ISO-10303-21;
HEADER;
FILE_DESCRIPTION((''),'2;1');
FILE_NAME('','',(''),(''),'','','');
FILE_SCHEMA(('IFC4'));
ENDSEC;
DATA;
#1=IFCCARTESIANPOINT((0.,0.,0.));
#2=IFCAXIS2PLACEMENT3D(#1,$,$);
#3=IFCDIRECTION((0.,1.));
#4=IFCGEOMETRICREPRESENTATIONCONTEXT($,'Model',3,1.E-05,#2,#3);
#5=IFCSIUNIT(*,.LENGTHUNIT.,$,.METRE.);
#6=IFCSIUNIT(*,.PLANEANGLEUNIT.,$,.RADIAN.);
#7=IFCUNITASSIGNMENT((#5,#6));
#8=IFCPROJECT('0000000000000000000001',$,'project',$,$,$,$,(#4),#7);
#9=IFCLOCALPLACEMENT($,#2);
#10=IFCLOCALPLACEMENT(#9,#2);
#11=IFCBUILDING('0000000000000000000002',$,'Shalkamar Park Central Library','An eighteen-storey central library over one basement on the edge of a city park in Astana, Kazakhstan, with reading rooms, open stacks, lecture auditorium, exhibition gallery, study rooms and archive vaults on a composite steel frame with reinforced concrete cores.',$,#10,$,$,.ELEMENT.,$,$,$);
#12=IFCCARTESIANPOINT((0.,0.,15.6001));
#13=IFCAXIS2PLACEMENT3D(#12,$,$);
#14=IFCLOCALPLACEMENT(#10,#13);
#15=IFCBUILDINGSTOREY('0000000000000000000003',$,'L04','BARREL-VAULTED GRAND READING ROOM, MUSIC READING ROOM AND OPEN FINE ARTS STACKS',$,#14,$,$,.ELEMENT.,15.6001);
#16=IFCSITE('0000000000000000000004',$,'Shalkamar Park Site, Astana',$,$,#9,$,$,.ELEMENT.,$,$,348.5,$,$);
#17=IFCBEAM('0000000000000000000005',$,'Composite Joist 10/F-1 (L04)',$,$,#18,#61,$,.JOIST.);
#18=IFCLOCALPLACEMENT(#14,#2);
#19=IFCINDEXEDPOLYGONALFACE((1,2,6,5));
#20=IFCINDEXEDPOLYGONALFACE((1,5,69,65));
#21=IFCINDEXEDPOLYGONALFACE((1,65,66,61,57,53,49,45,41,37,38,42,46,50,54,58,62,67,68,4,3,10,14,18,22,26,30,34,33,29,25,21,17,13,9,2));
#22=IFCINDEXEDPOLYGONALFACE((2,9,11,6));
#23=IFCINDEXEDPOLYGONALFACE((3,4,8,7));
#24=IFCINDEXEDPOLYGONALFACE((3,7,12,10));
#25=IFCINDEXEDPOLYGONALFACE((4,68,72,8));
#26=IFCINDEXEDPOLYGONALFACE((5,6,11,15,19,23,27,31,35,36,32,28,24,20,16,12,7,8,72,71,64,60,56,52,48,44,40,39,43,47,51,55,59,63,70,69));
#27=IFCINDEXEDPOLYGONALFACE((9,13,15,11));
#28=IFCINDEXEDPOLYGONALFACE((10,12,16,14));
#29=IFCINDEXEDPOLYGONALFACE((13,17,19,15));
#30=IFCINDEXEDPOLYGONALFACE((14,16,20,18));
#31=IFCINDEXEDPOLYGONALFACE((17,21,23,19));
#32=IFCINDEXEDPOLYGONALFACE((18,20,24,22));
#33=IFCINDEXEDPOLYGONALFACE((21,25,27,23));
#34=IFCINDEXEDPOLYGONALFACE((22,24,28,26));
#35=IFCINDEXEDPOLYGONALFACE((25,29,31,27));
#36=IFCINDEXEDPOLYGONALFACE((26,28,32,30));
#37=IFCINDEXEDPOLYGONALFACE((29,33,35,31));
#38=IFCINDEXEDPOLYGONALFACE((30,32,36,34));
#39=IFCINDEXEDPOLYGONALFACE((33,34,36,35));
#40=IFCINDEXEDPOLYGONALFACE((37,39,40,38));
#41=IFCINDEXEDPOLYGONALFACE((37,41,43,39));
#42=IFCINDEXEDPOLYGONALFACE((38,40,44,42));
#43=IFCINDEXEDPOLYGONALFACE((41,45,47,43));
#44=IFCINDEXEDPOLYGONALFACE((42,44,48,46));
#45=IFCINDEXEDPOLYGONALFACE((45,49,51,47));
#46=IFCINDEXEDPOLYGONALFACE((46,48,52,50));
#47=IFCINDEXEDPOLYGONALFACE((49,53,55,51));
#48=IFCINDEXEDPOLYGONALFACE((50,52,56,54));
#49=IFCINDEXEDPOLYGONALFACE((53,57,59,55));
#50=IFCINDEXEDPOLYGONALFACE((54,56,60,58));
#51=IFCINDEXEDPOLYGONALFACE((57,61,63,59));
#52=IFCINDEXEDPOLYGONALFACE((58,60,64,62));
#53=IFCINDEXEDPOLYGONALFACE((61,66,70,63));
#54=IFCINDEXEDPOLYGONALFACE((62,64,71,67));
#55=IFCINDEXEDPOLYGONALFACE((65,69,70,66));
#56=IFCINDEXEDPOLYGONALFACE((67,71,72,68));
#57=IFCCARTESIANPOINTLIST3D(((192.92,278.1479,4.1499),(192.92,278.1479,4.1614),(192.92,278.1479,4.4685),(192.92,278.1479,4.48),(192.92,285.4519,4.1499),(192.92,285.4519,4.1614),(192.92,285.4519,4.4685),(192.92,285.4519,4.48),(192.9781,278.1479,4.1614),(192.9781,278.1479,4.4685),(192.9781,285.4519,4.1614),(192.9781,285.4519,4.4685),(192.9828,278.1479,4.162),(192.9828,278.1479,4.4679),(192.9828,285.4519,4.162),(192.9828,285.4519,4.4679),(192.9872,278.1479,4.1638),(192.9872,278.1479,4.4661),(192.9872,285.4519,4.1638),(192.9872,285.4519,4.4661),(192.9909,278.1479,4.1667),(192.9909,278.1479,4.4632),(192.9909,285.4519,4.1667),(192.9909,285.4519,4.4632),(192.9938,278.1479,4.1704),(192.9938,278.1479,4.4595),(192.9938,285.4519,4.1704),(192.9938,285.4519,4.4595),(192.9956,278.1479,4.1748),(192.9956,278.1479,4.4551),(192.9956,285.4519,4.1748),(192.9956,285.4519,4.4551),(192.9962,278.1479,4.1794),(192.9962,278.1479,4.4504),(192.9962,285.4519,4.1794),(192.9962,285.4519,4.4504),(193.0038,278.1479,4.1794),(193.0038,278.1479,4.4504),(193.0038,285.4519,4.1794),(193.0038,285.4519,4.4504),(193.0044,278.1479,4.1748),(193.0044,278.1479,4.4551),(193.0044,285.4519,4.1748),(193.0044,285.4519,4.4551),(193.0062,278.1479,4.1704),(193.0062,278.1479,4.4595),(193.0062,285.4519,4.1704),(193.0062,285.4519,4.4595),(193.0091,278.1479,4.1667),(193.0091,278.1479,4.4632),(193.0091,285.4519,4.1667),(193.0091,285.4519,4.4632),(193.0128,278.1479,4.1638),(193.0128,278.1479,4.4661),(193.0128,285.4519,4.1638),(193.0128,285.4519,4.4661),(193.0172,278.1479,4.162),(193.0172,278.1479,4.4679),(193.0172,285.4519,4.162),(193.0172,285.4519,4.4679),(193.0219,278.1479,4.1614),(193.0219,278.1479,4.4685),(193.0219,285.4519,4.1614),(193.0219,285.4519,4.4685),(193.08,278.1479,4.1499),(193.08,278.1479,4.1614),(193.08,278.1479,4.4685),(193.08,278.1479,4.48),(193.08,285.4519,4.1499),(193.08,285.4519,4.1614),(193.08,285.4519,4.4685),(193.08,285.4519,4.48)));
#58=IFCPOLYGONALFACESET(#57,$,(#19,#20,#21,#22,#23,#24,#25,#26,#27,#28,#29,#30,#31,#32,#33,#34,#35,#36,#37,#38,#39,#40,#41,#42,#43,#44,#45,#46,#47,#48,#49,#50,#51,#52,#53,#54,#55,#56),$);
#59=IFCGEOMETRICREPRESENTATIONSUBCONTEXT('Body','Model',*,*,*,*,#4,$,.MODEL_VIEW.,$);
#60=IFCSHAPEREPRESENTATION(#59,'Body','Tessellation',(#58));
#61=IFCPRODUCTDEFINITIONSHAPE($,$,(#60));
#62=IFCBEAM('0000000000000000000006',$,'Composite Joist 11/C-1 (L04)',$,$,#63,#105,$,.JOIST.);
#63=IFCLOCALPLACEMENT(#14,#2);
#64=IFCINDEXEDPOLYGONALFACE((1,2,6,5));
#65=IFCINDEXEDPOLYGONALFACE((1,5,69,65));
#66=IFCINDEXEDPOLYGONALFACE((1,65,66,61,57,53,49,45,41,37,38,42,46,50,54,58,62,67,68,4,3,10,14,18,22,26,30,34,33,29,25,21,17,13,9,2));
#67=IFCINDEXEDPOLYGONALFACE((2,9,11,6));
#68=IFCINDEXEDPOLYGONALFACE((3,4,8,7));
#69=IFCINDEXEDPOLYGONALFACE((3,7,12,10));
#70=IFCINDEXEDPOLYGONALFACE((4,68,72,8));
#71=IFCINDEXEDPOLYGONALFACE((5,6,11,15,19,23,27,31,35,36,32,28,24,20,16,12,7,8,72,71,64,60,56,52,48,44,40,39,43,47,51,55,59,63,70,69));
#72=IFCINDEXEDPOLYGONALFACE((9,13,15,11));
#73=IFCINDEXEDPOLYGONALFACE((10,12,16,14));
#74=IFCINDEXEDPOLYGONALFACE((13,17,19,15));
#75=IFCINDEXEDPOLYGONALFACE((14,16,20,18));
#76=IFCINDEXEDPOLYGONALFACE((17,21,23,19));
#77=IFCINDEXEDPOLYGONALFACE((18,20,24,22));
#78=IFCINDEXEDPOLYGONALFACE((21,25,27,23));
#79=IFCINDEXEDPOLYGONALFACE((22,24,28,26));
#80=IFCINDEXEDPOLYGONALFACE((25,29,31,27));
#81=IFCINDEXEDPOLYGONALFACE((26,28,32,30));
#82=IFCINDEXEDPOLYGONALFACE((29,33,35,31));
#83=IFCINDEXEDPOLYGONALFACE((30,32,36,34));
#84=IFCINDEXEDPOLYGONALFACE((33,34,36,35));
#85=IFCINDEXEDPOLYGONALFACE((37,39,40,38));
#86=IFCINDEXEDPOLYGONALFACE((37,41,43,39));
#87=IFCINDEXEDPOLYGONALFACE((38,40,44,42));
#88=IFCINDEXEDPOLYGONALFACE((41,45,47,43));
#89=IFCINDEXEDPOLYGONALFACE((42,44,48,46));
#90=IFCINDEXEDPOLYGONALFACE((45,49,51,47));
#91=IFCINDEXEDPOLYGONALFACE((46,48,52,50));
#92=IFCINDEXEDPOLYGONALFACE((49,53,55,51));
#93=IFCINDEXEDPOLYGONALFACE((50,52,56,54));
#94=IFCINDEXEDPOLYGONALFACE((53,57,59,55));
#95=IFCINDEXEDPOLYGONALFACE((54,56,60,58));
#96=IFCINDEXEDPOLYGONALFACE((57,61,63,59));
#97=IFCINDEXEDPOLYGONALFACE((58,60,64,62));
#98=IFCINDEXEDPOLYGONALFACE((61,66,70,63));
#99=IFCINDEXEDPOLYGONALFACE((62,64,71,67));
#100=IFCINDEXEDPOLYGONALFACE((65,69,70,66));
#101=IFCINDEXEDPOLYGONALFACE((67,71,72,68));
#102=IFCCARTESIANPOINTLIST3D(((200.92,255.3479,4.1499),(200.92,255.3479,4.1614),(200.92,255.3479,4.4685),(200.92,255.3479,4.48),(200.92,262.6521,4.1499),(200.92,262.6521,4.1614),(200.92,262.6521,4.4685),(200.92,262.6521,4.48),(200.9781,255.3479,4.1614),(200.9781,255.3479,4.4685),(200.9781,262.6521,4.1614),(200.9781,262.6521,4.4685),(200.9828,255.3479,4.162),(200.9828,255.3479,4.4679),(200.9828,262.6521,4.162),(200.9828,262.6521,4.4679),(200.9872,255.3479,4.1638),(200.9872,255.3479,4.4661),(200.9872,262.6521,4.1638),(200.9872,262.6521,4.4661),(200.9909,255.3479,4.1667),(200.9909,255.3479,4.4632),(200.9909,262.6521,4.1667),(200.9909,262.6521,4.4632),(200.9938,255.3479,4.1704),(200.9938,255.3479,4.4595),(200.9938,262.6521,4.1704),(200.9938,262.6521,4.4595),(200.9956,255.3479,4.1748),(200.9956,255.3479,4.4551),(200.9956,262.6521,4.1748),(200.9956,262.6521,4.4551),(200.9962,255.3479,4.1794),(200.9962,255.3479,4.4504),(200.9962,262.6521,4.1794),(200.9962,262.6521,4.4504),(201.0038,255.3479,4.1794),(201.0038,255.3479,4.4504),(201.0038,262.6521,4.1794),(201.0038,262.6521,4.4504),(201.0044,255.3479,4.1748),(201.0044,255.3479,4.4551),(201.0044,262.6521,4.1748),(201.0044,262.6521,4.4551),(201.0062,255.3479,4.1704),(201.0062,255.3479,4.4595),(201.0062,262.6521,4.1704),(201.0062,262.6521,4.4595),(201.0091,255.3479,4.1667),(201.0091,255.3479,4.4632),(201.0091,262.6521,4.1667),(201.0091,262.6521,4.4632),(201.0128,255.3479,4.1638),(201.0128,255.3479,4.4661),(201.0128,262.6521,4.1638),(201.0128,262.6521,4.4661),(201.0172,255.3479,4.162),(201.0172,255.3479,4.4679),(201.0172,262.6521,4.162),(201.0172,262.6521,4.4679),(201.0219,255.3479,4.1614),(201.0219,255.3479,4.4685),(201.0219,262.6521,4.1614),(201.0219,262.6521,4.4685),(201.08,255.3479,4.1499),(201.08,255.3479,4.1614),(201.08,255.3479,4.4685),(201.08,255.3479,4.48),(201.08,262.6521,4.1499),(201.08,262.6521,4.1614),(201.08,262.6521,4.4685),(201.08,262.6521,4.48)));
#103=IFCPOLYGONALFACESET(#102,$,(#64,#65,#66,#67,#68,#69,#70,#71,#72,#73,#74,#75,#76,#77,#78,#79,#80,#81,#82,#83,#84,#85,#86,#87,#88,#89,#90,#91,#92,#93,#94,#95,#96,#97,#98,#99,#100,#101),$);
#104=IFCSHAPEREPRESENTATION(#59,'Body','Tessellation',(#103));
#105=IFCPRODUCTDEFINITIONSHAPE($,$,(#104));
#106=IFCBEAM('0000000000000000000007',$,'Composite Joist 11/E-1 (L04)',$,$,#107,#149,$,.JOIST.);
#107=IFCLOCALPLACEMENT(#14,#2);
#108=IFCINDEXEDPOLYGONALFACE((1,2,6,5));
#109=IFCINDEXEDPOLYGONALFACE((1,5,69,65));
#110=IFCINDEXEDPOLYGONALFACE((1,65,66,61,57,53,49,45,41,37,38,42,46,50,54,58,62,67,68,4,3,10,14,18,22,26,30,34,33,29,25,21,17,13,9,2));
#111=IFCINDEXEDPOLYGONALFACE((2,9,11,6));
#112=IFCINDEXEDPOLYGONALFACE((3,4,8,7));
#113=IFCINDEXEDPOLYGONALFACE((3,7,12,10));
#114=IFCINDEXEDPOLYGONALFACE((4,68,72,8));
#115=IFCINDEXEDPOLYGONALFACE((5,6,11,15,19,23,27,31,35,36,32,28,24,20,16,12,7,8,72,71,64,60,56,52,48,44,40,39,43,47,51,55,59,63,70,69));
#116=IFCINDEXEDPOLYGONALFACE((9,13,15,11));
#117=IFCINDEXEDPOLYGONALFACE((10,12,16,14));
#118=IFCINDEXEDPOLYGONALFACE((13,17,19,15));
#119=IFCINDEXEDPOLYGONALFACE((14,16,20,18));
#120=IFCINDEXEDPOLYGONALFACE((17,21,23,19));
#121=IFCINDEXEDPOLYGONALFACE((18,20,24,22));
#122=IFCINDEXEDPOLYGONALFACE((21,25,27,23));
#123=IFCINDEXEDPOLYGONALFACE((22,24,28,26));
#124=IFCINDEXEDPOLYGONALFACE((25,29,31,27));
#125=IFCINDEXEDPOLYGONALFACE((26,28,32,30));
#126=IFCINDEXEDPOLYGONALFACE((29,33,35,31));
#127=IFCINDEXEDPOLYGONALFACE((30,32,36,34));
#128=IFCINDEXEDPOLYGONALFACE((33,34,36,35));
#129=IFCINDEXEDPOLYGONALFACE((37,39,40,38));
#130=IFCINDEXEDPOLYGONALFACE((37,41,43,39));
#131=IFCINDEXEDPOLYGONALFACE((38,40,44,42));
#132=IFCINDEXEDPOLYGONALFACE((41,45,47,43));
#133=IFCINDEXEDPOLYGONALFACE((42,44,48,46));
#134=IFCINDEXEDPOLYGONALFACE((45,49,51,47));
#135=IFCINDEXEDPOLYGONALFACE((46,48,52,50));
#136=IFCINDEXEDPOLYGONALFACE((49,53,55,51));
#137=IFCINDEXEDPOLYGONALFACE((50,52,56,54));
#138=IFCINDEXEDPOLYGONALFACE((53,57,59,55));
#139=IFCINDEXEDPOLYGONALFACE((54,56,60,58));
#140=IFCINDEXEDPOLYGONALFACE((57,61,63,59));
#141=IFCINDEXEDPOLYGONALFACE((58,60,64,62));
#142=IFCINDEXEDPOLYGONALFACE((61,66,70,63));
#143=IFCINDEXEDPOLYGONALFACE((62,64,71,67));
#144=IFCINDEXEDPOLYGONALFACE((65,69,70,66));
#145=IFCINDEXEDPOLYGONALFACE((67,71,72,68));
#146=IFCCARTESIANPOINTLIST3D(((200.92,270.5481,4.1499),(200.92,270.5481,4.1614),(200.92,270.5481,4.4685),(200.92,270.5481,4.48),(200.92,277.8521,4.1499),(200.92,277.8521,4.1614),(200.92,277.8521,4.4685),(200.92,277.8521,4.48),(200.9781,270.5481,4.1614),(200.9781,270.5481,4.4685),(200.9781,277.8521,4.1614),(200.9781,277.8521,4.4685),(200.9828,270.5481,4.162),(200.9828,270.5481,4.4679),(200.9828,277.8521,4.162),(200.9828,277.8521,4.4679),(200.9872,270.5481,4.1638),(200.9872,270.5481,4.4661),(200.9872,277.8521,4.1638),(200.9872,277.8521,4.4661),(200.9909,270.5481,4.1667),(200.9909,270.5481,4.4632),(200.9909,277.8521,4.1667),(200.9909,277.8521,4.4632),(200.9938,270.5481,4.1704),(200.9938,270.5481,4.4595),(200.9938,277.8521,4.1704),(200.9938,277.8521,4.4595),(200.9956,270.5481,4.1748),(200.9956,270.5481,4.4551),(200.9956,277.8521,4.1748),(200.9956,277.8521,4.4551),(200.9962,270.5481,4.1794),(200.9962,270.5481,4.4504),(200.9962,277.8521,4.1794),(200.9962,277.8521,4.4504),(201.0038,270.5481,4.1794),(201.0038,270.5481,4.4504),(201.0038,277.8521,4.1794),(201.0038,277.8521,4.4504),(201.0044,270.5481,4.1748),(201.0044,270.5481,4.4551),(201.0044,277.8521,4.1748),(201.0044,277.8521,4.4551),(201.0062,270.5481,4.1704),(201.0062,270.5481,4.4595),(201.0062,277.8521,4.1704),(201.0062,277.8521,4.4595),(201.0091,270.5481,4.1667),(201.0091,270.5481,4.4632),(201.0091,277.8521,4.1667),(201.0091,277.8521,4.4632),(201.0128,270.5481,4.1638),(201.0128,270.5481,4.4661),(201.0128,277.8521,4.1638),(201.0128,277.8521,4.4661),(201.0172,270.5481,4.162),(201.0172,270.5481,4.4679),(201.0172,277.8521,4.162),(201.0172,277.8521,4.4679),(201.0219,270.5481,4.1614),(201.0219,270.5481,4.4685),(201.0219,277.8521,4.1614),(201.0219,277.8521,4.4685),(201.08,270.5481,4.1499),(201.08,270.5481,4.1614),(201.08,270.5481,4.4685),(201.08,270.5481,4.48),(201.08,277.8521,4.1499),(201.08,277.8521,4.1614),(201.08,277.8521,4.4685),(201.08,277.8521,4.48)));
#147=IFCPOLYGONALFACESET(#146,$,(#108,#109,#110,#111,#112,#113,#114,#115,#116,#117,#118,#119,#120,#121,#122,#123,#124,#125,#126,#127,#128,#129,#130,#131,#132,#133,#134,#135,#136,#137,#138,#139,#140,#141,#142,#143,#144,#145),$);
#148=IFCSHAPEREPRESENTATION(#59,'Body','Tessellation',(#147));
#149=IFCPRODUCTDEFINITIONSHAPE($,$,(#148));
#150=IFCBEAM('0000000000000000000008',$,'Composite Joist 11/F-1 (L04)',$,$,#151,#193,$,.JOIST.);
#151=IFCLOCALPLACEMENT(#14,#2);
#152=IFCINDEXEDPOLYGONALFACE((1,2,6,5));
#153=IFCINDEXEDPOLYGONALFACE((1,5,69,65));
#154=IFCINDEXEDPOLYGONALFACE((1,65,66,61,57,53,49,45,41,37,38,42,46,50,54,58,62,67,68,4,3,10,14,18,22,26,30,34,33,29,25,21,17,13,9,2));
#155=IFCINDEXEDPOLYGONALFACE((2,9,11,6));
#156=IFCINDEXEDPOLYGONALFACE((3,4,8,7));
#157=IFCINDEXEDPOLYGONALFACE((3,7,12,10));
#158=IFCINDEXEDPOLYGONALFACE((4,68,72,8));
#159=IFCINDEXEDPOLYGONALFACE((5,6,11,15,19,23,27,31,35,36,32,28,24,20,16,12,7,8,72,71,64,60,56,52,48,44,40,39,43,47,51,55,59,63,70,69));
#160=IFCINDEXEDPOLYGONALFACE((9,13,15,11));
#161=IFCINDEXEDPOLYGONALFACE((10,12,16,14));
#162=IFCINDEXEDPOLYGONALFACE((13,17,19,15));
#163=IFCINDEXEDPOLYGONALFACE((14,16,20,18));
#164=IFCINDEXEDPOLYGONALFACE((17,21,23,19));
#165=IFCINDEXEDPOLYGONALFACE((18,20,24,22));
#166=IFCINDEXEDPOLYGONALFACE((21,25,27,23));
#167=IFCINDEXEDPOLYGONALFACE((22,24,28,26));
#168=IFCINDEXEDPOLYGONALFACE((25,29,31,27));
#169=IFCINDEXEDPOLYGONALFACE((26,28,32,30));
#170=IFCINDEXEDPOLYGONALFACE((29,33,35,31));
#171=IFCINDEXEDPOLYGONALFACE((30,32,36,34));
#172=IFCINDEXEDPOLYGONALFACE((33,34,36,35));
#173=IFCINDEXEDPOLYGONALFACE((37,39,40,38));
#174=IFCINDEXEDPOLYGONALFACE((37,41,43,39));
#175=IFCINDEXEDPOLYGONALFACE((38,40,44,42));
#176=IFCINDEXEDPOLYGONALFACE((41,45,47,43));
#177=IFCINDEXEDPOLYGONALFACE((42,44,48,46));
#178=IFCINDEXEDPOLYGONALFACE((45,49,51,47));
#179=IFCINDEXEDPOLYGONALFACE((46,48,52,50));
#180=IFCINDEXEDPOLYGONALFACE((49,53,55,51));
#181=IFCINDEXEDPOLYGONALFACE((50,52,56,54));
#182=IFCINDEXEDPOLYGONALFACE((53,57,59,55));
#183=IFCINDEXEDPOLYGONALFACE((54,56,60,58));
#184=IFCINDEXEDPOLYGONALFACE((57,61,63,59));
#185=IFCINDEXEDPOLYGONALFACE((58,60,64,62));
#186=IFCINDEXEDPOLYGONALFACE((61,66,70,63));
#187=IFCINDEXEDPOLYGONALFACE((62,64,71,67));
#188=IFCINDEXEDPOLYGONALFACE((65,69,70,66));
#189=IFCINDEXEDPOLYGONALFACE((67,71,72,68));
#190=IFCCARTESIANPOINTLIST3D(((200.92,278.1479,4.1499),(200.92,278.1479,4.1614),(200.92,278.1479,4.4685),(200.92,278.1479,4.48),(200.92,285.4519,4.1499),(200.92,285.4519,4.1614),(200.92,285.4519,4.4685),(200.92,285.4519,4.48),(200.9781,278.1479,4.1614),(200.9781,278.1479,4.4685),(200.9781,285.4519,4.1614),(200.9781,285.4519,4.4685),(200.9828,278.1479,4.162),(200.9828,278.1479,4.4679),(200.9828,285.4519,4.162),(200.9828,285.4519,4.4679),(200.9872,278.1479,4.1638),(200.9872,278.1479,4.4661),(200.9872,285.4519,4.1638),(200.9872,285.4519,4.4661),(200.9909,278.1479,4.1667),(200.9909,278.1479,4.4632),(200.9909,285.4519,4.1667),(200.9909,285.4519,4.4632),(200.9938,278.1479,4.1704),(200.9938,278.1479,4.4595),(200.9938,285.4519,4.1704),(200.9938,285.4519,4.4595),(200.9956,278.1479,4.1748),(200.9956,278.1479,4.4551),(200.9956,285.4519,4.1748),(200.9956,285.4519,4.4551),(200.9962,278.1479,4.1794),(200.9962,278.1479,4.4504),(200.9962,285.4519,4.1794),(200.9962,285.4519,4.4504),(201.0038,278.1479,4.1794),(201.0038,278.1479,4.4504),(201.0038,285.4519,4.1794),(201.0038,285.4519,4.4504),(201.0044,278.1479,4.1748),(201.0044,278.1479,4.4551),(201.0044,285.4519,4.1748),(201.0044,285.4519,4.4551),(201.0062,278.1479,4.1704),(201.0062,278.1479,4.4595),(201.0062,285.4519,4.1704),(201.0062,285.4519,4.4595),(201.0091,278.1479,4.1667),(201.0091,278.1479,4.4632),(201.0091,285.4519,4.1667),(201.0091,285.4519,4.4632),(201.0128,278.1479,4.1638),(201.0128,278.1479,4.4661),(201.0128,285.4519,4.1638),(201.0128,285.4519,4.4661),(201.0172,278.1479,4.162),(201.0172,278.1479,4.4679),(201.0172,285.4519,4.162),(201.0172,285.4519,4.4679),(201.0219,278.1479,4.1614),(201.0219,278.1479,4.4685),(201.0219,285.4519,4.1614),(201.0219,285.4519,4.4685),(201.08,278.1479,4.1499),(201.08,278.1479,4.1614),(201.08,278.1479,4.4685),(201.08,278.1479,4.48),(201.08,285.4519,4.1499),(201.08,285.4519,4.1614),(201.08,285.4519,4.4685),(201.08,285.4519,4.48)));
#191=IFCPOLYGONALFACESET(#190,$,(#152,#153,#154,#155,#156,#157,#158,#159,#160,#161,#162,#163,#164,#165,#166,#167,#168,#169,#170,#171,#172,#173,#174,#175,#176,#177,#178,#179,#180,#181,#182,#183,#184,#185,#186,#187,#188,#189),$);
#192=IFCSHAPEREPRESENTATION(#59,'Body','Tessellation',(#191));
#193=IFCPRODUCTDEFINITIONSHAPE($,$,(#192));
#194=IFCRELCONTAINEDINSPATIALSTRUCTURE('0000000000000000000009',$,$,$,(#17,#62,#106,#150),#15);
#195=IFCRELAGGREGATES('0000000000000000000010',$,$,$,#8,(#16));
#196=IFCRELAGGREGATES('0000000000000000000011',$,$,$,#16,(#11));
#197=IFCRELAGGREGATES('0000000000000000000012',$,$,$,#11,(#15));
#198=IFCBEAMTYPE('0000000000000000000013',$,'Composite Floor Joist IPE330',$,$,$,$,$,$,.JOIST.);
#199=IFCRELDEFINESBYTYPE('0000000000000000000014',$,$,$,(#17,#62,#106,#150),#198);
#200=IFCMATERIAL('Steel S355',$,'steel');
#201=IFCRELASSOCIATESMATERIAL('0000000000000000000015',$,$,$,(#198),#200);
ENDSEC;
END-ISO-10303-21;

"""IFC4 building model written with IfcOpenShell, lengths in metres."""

from ifc_helpers import new_model, si_unit, direction, frame, origin, origin_2d, place, context, subcontext, project, spatial, i_section, extrude, material, material_profile, profile_set, type_object, element, save


model = new_model("IFC4")

# Units and contexts
model_context = context("Model", 3, precision=1e-05, world=origin(), true_north=direction((0.0, 1.0)))
body_context = subcontext(model_context, "Body", "Model", "MODEL_VIEW")
ifc_project = project(units=[si_unit("LENGTHUNIT", "METRE"), si_unit("PLANEANGLEUNIT", "RADIAN")], contexts=[model_context])

# Site, building, storey
site_placement = place(None, origin())
site = spatial("IfcSite", under=ifc_project, at=site_placement, Name="Shalkamar Park Site, Astana", CompositionType="ELEMENT", RefElevation=348.5)
building_placement = place(site_placement, origin())
building = spatial("IfcBuilding", under=site, at=building_placement, Name="Shalkamar Park Central Library", Description="An eighteen-storey central library over one basement on the edge of a city park in Astana, Kazakhstan, with reading rooms, open stacks, lecture auditorium, exhibition gallery, study rooms and archive vaults on a composite steel frame with reinforced concrete cores.", CompositionType="ELEMENT")
storey_placement = place(building_placement, frame((0.0, 0.0, 15.6001)))
storey = spatial("IfcBuildingStorey", under=building, at=storey_placement, Name="L04", Description="BARREL-VAULTED GRAND READING ROOM, MUSIC READING ROOM AND OPEN FINE ARTS STACKS", CompositionType="ELEMENT", Elevation=15.6001)

# Shared definitions
ifc_material_1 = material(Name="Steel S355", Category="steel")

# Beams
ifc_material_profile_1 = material_profile(ifc_material_1, i_section(OverallWidth=0.1599, OverallDepth=0.3301, WebThickness=0.0076, FlangeThickness=0.0115, FilletRadius=0.0181, at=origin_2d()), Name="IPE 330")
ifc_profile_set_1 = profile_set([ifc_material_profile_1], Name="Steel S355")
beam_type_1 = type_object("IfcBeamType", Name="Composite Floor Joist IPE330", PredefinedType="JOIST", material=ifc_profile_set_1)
for number, where, z_axis, x_axis, name in (
    (1, (193.0, 278.1479, 4.3149), (0.0, 1.0, 0.0), (-1.0, 0.0, 0.0), "Composite Joist 10/F-1 (L04)"),
):
    element("IfcBeam", number, at=place(storey_placement, frame(where, z_axis=z_axis, x_axis=x_axis)), inside=storey, type_object=beam_type_1, Name=name, PredefinedType="JOIST", context=body_context, shape_type="SweptSolid", body=[
        extrude(i_section(OverallWidth=0.1599, OverallDepth=0.3301, WebThickness=0.0076, FlangeThickness=0.0115, FilletRadius=0.0181, at=origin_2d()), origin(), (0.0, 0.0, 1.0), 7.304),
    ])
beam_1_placement = place(storey_placement, frame((201.0, 255.3479, 4.3149), z_axis=(0.0, 1.0, 0.0), x_axis=(-1.0, 0.0, 0.0)))
element("IfcBeam", 2, at=beam_1_placement, inside=storey, type_object=beam_type_1, Name="Composite Joist 11/C-1 (L04)", PredefinedType="JOIST", context=body_context, shape_type="SweptSolid", body=[
    extrude(i_section(OverallWidth=0.1599, OverallDepth=0.3301, WebThickness=0.0076, FlangeThickness=0.0115, FilletRadius=0.0181, at=origin_2d()), origin(), (0.0, 0.0, 1.0), 7.3042),
])
for number, where, z_axis, x_axis, name in (
    (3, (201.0, 270.5481, 4.3149), (0.0, 1.0, 0.0), (-1.0, 0.0, 0.0), "Composite Joist 11/E-1 (L04)"),
    (4, (201.0, 278.1479, 4.3149), (0.0, 1.0, 0.0), (-1.0, 0.0, 0.0), "Composite Joist 11/F-1 (L04)"),
):
    element("IfcBeam", number, at=place(storey_placement, frame(where, z_axis=z_axis, x_axis=x_axis)), inside=storey, type_object=beam_type_1, Name=name, PredefinedType="JOIST", context=body_context, shape_type="SweptSolid", body=[
        extrude(i_section(OverallWidth=0.1599, OverallDepth=0.3301, WebThickness=0.0076, FlangeThickness=0.0115, FilletRadius=0.0181, at=origin_2d()), origin(), (0.0, 0.0, 1.0), 7.304),
    ])

save(model, "model.ifc")
